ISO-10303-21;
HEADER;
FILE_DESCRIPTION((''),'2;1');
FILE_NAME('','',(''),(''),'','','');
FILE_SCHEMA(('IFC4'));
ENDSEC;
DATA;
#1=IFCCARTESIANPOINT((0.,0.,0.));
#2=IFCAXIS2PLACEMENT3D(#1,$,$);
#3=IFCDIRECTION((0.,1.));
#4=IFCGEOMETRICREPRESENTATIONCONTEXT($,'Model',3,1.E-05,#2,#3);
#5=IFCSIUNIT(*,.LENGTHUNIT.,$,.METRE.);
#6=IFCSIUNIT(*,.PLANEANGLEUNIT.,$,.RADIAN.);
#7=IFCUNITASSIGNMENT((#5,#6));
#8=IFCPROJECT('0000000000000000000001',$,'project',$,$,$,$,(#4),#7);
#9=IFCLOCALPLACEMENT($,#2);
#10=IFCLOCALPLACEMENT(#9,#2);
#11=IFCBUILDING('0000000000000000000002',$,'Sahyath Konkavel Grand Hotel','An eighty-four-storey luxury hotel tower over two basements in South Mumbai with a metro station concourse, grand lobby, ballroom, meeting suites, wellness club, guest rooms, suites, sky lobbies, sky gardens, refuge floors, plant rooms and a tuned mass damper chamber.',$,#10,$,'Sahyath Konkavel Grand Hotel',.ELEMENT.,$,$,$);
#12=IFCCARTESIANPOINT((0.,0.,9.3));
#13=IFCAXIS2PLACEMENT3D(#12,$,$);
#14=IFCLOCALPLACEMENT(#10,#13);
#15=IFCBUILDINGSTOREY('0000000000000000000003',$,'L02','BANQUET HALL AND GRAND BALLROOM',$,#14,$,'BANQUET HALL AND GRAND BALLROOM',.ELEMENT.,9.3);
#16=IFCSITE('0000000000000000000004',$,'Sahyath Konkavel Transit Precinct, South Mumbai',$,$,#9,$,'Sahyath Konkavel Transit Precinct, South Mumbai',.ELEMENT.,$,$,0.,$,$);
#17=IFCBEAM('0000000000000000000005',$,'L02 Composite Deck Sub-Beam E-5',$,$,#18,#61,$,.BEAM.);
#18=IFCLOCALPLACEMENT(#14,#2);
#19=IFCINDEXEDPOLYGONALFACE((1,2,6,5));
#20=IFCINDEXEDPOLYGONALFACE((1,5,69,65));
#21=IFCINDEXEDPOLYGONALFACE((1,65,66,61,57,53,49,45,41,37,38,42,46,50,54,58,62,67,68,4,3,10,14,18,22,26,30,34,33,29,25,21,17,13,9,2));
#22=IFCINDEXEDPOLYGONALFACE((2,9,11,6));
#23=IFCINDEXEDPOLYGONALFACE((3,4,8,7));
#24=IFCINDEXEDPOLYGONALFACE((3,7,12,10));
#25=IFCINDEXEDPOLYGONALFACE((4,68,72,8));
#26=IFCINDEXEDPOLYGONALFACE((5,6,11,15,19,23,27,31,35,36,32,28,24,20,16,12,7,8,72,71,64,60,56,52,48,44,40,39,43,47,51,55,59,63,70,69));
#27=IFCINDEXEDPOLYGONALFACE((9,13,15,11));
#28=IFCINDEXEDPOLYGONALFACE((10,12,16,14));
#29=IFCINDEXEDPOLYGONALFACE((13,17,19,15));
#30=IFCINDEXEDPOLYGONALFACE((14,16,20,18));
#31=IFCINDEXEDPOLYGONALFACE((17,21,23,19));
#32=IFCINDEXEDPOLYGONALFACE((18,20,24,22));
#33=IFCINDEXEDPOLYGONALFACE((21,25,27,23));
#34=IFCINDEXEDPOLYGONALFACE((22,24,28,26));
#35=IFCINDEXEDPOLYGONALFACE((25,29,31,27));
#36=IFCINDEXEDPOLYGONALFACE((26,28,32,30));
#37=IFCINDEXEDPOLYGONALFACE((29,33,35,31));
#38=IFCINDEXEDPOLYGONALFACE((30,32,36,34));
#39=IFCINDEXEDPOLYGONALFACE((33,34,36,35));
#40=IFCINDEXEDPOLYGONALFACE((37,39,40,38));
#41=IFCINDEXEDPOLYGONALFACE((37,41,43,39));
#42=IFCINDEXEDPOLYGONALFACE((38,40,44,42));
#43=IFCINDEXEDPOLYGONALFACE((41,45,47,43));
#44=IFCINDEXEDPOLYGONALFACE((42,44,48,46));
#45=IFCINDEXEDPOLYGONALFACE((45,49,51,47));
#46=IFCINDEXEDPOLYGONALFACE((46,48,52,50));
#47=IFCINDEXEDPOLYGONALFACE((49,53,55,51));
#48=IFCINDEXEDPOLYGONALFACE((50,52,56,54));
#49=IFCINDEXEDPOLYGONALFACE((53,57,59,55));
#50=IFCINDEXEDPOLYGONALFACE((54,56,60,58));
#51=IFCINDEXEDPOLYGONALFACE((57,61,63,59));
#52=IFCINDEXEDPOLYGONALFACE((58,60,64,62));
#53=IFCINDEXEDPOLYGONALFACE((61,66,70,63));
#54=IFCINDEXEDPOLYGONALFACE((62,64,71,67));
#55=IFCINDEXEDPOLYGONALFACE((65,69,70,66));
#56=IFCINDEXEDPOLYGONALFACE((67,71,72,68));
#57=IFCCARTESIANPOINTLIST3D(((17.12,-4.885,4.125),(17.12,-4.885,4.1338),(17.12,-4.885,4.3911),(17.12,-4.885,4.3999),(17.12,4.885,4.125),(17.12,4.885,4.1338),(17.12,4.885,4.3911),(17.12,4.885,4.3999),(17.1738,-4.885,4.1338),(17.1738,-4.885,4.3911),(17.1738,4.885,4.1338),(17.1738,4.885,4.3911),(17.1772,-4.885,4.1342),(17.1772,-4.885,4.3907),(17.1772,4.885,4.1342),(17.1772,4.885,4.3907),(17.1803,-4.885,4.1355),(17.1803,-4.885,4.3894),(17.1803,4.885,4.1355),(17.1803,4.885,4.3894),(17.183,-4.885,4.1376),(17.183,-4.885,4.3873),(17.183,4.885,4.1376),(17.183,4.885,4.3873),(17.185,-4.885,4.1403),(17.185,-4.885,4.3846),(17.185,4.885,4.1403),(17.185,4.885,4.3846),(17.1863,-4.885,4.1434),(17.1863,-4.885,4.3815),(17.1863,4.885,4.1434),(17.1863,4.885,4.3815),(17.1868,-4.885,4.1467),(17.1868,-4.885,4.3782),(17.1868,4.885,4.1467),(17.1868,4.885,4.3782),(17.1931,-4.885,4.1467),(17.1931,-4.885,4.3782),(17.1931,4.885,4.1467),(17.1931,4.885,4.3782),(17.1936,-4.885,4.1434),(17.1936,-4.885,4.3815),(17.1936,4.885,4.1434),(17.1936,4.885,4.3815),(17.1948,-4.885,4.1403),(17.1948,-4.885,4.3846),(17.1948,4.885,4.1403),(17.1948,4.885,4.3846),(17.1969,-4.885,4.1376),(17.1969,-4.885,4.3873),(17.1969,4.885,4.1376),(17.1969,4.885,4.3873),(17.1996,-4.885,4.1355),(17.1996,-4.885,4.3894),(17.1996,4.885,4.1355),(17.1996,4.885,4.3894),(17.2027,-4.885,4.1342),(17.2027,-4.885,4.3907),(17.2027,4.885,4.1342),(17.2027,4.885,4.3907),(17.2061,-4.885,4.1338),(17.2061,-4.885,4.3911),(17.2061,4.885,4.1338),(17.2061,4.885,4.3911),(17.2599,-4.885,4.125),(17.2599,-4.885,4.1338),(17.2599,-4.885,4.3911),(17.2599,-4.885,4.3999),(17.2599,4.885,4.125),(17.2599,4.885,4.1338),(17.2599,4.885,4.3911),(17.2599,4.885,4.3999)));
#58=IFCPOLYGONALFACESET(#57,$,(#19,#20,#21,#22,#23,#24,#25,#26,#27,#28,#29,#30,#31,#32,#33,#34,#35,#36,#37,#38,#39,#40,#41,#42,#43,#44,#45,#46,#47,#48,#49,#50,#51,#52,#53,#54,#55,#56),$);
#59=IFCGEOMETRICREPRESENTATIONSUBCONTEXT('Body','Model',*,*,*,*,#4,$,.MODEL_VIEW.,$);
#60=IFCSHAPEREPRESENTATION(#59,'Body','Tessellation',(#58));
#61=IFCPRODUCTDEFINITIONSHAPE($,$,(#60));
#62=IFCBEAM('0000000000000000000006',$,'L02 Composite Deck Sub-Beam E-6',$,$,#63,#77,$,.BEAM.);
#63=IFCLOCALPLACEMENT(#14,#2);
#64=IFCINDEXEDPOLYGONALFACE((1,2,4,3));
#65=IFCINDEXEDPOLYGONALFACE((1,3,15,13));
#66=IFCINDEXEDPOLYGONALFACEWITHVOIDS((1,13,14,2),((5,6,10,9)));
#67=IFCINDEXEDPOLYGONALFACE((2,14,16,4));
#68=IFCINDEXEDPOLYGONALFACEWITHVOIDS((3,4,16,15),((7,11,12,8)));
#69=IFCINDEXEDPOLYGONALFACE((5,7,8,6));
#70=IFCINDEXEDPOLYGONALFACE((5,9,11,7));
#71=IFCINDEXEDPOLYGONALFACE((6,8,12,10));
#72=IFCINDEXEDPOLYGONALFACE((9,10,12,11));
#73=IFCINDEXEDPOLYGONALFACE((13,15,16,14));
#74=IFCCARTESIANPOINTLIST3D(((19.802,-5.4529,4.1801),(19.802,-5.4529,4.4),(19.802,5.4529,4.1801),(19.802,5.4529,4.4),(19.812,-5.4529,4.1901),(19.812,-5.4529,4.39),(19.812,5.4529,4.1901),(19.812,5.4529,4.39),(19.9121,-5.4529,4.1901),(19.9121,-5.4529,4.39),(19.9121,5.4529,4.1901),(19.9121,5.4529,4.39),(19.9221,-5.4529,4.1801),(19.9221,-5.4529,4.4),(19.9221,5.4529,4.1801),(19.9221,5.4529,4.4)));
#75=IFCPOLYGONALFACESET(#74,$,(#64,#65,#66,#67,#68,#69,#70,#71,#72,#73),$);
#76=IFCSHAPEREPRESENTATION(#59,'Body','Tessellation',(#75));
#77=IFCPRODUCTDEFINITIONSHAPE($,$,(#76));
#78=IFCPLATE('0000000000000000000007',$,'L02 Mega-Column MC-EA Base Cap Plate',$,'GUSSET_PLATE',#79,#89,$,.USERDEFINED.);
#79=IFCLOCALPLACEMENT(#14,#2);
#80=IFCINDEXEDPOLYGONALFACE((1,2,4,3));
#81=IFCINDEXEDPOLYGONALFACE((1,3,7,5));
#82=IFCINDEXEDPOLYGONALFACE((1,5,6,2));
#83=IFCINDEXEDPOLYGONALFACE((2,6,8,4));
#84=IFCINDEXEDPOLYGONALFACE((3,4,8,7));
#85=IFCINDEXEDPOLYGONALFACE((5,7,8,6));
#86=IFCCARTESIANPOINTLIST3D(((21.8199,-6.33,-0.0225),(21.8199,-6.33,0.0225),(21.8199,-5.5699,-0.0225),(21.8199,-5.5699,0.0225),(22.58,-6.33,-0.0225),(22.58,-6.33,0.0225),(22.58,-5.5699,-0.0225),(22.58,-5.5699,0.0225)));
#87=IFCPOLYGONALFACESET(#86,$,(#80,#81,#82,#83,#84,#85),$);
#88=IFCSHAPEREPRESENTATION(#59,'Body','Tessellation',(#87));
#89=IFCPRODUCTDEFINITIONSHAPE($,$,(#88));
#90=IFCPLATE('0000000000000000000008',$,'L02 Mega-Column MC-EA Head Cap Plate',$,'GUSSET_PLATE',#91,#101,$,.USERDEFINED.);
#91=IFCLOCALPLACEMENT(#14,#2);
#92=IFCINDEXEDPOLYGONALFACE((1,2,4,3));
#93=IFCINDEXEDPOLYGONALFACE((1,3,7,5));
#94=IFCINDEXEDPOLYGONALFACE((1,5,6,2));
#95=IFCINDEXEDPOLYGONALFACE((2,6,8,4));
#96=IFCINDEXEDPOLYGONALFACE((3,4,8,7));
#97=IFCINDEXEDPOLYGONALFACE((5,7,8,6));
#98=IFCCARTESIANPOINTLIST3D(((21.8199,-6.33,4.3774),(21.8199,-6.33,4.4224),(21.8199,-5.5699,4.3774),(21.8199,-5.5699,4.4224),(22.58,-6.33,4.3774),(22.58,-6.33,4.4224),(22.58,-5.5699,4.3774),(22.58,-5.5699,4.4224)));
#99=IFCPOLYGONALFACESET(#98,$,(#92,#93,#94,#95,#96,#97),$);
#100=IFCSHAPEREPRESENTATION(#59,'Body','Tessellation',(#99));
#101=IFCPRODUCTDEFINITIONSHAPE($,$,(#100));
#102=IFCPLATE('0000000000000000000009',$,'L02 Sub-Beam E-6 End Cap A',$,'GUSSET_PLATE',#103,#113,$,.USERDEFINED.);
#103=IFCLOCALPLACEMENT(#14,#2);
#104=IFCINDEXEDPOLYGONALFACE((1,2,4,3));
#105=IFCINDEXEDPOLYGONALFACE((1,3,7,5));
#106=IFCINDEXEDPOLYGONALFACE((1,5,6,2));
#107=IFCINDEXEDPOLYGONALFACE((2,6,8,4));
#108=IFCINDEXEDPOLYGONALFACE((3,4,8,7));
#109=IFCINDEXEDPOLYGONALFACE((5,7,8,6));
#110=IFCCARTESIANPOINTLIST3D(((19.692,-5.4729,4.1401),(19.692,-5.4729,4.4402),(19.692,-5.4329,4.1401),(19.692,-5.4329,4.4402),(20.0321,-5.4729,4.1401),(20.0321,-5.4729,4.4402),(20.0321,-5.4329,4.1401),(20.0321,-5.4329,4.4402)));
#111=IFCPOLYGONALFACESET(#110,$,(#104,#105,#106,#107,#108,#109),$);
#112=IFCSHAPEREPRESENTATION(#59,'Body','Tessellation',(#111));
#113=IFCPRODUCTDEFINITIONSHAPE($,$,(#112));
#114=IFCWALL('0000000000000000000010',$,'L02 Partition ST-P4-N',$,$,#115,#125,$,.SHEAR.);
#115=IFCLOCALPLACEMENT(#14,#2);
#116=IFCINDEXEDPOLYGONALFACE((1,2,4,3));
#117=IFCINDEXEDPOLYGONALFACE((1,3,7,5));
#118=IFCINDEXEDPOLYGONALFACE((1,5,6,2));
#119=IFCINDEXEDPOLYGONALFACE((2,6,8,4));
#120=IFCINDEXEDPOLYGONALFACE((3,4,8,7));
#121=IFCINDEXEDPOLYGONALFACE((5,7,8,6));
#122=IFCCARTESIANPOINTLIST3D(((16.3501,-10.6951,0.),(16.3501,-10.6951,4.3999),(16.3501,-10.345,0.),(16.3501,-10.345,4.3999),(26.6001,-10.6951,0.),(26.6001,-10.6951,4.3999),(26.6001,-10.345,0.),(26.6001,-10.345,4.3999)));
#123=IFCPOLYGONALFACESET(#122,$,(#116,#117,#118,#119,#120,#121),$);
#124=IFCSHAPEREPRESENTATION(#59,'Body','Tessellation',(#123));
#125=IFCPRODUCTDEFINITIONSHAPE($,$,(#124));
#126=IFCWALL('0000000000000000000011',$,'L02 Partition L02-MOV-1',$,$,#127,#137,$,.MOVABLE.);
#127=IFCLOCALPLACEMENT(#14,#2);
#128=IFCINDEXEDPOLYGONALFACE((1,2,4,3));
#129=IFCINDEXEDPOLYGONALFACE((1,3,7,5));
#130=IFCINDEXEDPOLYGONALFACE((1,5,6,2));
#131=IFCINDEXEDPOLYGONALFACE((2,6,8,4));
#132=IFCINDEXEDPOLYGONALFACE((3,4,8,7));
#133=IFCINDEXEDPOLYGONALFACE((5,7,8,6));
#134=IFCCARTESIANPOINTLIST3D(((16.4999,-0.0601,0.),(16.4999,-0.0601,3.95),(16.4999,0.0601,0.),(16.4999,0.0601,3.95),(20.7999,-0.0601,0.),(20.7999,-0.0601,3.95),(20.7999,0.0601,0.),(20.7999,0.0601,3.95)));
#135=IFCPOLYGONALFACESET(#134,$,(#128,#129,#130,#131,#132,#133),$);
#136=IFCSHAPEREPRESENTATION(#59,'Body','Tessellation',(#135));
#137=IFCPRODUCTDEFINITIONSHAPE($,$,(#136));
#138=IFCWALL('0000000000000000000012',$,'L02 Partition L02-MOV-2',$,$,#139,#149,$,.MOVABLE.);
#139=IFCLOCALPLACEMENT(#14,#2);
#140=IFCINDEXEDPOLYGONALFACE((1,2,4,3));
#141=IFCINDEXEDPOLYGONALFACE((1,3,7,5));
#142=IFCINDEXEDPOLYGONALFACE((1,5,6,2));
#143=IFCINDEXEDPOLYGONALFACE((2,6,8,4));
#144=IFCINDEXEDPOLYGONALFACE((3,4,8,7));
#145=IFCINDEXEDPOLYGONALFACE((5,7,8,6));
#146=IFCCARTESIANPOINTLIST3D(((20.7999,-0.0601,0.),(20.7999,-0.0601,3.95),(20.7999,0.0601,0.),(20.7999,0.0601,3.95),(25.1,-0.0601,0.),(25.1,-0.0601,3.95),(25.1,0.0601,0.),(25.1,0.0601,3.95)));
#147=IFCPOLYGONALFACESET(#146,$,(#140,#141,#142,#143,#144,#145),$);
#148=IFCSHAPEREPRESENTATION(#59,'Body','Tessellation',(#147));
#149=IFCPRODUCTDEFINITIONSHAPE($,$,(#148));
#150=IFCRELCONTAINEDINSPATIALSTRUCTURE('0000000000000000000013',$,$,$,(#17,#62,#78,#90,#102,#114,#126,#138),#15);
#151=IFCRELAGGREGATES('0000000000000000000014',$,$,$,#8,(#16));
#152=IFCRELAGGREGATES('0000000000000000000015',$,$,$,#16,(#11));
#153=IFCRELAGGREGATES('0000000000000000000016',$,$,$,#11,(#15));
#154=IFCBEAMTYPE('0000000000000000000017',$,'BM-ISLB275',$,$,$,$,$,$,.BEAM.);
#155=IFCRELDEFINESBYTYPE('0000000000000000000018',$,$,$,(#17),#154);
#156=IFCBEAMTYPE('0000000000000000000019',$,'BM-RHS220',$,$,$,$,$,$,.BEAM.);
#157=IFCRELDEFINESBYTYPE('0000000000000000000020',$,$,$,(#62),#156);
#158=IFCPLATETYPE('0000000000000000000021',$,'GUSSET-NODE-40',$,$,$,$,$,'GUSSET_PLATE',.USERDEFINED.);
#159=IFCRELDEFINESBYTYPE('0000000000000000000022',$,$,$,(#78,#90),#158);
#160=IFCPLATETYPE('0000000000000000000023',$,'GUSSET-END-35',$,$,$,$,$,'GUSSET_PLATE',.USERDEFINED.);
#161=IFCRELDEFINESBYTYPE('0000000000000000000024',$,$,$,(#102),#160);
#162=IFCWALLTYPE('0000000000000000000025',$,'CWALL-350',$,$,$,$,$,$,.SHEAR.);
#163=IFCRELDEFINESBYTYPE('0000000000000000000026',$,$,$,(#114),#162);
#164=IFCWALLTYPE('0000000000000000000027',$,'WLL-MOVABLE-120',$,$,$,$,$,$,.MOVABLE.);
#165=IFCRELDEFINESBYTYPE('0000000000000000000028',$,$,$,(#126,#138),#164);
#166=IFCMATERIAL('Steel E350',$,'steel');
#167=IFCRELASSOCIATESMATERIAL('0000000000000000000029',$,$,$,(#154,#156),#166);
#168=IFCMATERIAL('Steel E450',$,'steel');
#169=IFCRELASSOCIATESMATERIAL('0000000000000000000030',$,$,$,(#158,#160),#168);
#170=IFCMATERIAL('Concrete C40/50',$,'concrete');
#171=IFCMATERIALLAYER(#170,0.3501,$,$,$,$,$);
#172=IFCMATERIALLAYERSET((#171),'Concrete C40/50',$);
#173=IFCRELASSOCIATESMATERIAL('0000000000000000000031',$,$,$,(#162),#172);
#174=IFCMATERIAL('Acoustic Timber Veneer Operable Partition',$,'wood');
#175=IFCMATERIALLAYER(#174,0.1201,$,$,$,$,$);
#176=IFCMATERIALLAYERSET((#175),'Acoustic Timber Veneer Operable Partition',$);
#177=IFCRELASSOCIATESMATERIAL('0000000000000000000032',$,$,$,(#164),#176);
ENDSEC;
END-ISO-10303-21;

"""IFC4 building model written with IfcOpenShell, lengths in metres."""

from ifc_helpers import new_model, si_unit, direction, frame, frame_2d, origin, origin_2d, place, context, subcontext, project, spatial, rectangle, hollow_rectangle, i_section, extrude, source, transform, mapped, material, layer, layer_set, material_profile, profile_set, type_object, element, save


model = new_model("IFC4")

# Units and contexts
model_context = context("Model", 3, precision=1e-05, world=origin(), true_north=direction((0.0, 1.0)))
body_context = subcontext(model_context, "Body", "Model", "MODEL_VIEW")
ifc_project = project(units=[si_unit("LENGTHUNIT", "METRE"), si_unit("PLANEANGLEUNIT", "RADIAN")], contexts=[model_context])

# Site, building, storey
site_placement = place(None, origin())
site = spatial("IfcSite", under=ifc_project, at=site_placement, Name="Sahyath Konkavel Transit Precinct, South Mumbai", LongName="Sahyath Konkavel Transit Precinct, South Mumbai", CompositionType="ELEMENT", RefElevation=0.0)
building_placement = place(site_placement, origin())
building = spatial("IfcBuilding", under=site, at=building_placement, Name="Sahyath Konkavel Grand Hotel", Description="An eighty-four-storey luxury hotel tower over two basements in South Mumbai with a metro station concourse, grand lobby, ballroom, meeting suites, wellness club, guest rooms, suites, sky lobbies, sky gardens, refuge floors, plant rooms and a tuned mass damper chamber.", LongName="Sahyath Konkavel Grand Hotel", CompositionType="ELEMENT")
storey_placement = place(building_placement, frame((0.0, 0.0, 9.3)))
storey = spatial("IfcBuildingStorey", under=building, at=storey_placement, Name="L02", Description="BANQUET HALL AND GRAND BALLROOM", LongName="BANQUET HALL AND GRAND BALLROOM", CompositionType="ELEMENT", Elevation=9.3)

# Shared definitions
ifc_material_1 = material(Name="Steel E450", Category="steel")

# Beams
ifc_material_2 = material(Name="Steel E350", Category="steel")
ifc_material_profile_1 = material_profile(ifc_material_2, i_section(OverallWidth=0.1399, OverallDepth=0.2749, WebThickness=0.0063, FlangeThickness=0.0088, FilletRadius=0.0129, at=origin_2d()), Name="ISLB 275")
ifc_profile_set_1 = profile_set([ifc_material_profile_1], Name="Steel E350")
beam_type_1 = type_object("IfcBeamType", Name="BM-ISLB275", PredefinedType="BEAM", material=ifc_profile_set_1)
shared_shape_1 = source(origin(), body_context, "Body", "SweptSolid", [
    extrude(i_section(OverallWidth=0.1399, OverallDepth=0.2749, WebThickness=0.0063, FlangeThickness=0.0088, FilletRadius=0.0129, at=origin_2d()), origin(), (0.0, 0.0, 1.0), 9.77),
])
beam_1_placement = place(storey_placement, frame((17.1899, -4.885, 4.2625), z_axis=(0.0, 1.0, 0.0), x_axis=(-1.0, 0.0, 0.0)))
element("IfcBeam", 1, at=beam_1_placement, inside=storey, type_object=beam_type_1, Name="L02 Composite Deck Sub-Beam E-5", PredefinedType="BEAM", context=body_context, shape_type="MappedRepresentation", body=[
    mapped(shared_shape_1, transform((0.0, 0.0, 0.0), scale=1.0)),
])
ifc_material_profile_2 = material_profile(ifc_material_2, hollow_rectangle(XDim=0.1201, YDim=0.22, WallThickness=0.01, at=origin_2d()), Name="RHS 220x120x10")
ifc_profile_set_2 = profile_set([ifc_material_profile_2], Name="Steel E350")
beam_type_2 = type_object("IfcBeamType", Name="BM-RHS220", PredefinedType="BEAM", material=ifc_profile_set_2)
shared_shape_2 = source(origin(), body_context, "Body", "SweptSolid", [
    extrude(hollow_rectangle(XDim=0.1201, YDim=0.22, WallThickness=0.01, at=origin_2d()), origin(), (0.0, 0.0, 1.0), 10.9058),
])
beam_2_placement = place(storey_placement, frame((19.8621, -5.4529, 4.29), z_axis=(0.0, 1.0, 0.0), x_axis=(-1.0, 0.0, 0.0)))
element("IfcBeam", 2, at=beam_2_placement, inside=storey, type_object=beam_type_2, Name="L02 Composite Deck Sub-Beam E-6", PredefinedType="BEAM", context=body_context, shape_type="MappedRepresentation", body=[
    mapped(shared_shape_2, transform((0.0, 0.0, 0.0), scale=1.0)),
])

# Plates
plate_type_1 = type_object("IfcPlateType", Name="GUSSET-NODE-40", ElementType="GUSSET_PLATE", PredefinedType="USERDEFINED", material=ifc_material_1)
shared_shape_3 = source(origin(), body_context, "Body", "SweptSolid", [
    extrude(rectangle(XDim=0.76, YDim=0.76, at=origin_2d()), origin(), (0.0, 0.0, 1.0), 0.0449),
])
for number, where, z_axis, x_axis, name in (
    (3, (22.2, -5.95, -0.0225), (0.0, 0.0, 1.0), (1.0, 0.0, 0.0), "L02 Mega-Column MC-EA Base Cap Plate"),
    (4, (22.2, -5.95, 4.3774), (0.0, 0.0, 1.0), (1.0, 0.0, 0.0), "L02 Mega-Column MC-EA Head Cap Plate"),
):
    element("IfcPlate", number, at=place(storey_placement, frame(where, z_axis=z_axis, x_axis=x_axis)), inside=storey, type_object=plate_type_1, Name=name, ObjectType="GUSSET_PLATE", PredefinedType="USERDEFINED", context=body_context, shape_type="MappedRepresentation", body=[
        mapped(shared_shape_3, transform((0.0, 0.0, 0.0), scale=1.0)),
    ])
plate_type_2 = type_object("IfcPlateType", Name="GUSSET-END-35", ElementType="GUSSET_PLATE", PredefinedType="USERDEFINED", material=ifc_material_1)
shared_shape_4 = source(origin(), body_context, "Body", "SweptSolid", [
    extrude(rectangle(XDim=0.04, YDim=0.3401, at=origin_2d()), origin(), (0.0, 0.0, 1.0), 0.3),
])
plate_placement = place(storey_placement, frame((19.8621, -5.4529, 4.1401), z_axis=(0.0, 0.0, 1.0), x_axis=(0.0, 1.0, 0.0)))
element("IfcPlate", 5, at=plate_placement, inside=storey, type_object=plate_type_2, Name="L02 Sub-Beam E-6 End Cap A", ObjectType="GUSSET_PLATE", PredefinedType="USERDEFINED", context=body_context, shape_type="MappedRepresentation", body=[
    mapped(shared_shape_4, transform((0.0, 0.0, 0.0), scale=1.0)),
])

# Walls
ifc_material_3 = material(Name="Concrete C40/50", Category="concrete")
ifc_layer_1 = layer(ifc_material_3, 0.3501)
ifc_layer_set_1 = layer_set([ifc_layer_1], Name="Concrete C40/50")
wall_type_1 = type_object("IfcWallType", Name="CWALL-350", PredefinedType="SHEAR", material=ifc_layer_set_1)
wall_1_placement = place(storey_placement, frame((16.3501, -10.52, 0.0), z_axis=(0.0, 0.0, 1.0), x_axis=(1.0, 0.0, 0.0)))
element("IfcWall", 6, at=wall_1_placement, inside=storey, type_object=wall_type_1, Name="L02 Partition ST-P4-N", PredefinedType="SHEAR", context=body_context, shape_type="SweptSolid", body=[
    extrude(rectangle(XDim=10.25, YDim=0.3501, at=frame_2d((5.125, 0.0))), origin(), (0.0, 0.0, 1.0), 4.3999),
])
ifc_material_4 = material(Name="Acoustic Timber Veneer Operable Partition", Category="wood")
ifc_layer_2 = layer(ifc_material_4, 0.1201)
ifc_layer_set_2 = layer_set([ifc_layer_2], Name="Acoustic Timber Veneer Operable Partition")
wall_type_2 = type_object("IfcWallType", Name="WLL-MOVABLE-120", PredefinedType="MOVABLE", material=ifc_layer_set_2)
for number, where, z_axis, x_axis, name in (
    (7, (16.5, 0.0, 0.0), (0.0, 0.0, 1.0), (1.0, 0.0, 0.0), "L02 Partition L02-MOV-1"),
    (8, (20.8, 0.0, 0.0), (0.0, 0.0, 1.0), (1.0, 0.0, 0.0), "L02 Partition L02-MOV-2"),
):
    element("IfcWall", number, at=place(storey_placement, frame(where, z_axis=z_axis, x_axis=x_axis)), inside=storey, type_object=wall_type_2, Name=name, PredefinedType="MOVABLE", context=body_context, shape_type="SweptSolid", body=[
        extrude(rectangle(XDim=4.3, YDim=0.1201, at=frame_2d((2.1499, 0.0))), origin(), (0.0, 0.0, 1.0), 3.95),
    ])

save(model, "model.ifc")
